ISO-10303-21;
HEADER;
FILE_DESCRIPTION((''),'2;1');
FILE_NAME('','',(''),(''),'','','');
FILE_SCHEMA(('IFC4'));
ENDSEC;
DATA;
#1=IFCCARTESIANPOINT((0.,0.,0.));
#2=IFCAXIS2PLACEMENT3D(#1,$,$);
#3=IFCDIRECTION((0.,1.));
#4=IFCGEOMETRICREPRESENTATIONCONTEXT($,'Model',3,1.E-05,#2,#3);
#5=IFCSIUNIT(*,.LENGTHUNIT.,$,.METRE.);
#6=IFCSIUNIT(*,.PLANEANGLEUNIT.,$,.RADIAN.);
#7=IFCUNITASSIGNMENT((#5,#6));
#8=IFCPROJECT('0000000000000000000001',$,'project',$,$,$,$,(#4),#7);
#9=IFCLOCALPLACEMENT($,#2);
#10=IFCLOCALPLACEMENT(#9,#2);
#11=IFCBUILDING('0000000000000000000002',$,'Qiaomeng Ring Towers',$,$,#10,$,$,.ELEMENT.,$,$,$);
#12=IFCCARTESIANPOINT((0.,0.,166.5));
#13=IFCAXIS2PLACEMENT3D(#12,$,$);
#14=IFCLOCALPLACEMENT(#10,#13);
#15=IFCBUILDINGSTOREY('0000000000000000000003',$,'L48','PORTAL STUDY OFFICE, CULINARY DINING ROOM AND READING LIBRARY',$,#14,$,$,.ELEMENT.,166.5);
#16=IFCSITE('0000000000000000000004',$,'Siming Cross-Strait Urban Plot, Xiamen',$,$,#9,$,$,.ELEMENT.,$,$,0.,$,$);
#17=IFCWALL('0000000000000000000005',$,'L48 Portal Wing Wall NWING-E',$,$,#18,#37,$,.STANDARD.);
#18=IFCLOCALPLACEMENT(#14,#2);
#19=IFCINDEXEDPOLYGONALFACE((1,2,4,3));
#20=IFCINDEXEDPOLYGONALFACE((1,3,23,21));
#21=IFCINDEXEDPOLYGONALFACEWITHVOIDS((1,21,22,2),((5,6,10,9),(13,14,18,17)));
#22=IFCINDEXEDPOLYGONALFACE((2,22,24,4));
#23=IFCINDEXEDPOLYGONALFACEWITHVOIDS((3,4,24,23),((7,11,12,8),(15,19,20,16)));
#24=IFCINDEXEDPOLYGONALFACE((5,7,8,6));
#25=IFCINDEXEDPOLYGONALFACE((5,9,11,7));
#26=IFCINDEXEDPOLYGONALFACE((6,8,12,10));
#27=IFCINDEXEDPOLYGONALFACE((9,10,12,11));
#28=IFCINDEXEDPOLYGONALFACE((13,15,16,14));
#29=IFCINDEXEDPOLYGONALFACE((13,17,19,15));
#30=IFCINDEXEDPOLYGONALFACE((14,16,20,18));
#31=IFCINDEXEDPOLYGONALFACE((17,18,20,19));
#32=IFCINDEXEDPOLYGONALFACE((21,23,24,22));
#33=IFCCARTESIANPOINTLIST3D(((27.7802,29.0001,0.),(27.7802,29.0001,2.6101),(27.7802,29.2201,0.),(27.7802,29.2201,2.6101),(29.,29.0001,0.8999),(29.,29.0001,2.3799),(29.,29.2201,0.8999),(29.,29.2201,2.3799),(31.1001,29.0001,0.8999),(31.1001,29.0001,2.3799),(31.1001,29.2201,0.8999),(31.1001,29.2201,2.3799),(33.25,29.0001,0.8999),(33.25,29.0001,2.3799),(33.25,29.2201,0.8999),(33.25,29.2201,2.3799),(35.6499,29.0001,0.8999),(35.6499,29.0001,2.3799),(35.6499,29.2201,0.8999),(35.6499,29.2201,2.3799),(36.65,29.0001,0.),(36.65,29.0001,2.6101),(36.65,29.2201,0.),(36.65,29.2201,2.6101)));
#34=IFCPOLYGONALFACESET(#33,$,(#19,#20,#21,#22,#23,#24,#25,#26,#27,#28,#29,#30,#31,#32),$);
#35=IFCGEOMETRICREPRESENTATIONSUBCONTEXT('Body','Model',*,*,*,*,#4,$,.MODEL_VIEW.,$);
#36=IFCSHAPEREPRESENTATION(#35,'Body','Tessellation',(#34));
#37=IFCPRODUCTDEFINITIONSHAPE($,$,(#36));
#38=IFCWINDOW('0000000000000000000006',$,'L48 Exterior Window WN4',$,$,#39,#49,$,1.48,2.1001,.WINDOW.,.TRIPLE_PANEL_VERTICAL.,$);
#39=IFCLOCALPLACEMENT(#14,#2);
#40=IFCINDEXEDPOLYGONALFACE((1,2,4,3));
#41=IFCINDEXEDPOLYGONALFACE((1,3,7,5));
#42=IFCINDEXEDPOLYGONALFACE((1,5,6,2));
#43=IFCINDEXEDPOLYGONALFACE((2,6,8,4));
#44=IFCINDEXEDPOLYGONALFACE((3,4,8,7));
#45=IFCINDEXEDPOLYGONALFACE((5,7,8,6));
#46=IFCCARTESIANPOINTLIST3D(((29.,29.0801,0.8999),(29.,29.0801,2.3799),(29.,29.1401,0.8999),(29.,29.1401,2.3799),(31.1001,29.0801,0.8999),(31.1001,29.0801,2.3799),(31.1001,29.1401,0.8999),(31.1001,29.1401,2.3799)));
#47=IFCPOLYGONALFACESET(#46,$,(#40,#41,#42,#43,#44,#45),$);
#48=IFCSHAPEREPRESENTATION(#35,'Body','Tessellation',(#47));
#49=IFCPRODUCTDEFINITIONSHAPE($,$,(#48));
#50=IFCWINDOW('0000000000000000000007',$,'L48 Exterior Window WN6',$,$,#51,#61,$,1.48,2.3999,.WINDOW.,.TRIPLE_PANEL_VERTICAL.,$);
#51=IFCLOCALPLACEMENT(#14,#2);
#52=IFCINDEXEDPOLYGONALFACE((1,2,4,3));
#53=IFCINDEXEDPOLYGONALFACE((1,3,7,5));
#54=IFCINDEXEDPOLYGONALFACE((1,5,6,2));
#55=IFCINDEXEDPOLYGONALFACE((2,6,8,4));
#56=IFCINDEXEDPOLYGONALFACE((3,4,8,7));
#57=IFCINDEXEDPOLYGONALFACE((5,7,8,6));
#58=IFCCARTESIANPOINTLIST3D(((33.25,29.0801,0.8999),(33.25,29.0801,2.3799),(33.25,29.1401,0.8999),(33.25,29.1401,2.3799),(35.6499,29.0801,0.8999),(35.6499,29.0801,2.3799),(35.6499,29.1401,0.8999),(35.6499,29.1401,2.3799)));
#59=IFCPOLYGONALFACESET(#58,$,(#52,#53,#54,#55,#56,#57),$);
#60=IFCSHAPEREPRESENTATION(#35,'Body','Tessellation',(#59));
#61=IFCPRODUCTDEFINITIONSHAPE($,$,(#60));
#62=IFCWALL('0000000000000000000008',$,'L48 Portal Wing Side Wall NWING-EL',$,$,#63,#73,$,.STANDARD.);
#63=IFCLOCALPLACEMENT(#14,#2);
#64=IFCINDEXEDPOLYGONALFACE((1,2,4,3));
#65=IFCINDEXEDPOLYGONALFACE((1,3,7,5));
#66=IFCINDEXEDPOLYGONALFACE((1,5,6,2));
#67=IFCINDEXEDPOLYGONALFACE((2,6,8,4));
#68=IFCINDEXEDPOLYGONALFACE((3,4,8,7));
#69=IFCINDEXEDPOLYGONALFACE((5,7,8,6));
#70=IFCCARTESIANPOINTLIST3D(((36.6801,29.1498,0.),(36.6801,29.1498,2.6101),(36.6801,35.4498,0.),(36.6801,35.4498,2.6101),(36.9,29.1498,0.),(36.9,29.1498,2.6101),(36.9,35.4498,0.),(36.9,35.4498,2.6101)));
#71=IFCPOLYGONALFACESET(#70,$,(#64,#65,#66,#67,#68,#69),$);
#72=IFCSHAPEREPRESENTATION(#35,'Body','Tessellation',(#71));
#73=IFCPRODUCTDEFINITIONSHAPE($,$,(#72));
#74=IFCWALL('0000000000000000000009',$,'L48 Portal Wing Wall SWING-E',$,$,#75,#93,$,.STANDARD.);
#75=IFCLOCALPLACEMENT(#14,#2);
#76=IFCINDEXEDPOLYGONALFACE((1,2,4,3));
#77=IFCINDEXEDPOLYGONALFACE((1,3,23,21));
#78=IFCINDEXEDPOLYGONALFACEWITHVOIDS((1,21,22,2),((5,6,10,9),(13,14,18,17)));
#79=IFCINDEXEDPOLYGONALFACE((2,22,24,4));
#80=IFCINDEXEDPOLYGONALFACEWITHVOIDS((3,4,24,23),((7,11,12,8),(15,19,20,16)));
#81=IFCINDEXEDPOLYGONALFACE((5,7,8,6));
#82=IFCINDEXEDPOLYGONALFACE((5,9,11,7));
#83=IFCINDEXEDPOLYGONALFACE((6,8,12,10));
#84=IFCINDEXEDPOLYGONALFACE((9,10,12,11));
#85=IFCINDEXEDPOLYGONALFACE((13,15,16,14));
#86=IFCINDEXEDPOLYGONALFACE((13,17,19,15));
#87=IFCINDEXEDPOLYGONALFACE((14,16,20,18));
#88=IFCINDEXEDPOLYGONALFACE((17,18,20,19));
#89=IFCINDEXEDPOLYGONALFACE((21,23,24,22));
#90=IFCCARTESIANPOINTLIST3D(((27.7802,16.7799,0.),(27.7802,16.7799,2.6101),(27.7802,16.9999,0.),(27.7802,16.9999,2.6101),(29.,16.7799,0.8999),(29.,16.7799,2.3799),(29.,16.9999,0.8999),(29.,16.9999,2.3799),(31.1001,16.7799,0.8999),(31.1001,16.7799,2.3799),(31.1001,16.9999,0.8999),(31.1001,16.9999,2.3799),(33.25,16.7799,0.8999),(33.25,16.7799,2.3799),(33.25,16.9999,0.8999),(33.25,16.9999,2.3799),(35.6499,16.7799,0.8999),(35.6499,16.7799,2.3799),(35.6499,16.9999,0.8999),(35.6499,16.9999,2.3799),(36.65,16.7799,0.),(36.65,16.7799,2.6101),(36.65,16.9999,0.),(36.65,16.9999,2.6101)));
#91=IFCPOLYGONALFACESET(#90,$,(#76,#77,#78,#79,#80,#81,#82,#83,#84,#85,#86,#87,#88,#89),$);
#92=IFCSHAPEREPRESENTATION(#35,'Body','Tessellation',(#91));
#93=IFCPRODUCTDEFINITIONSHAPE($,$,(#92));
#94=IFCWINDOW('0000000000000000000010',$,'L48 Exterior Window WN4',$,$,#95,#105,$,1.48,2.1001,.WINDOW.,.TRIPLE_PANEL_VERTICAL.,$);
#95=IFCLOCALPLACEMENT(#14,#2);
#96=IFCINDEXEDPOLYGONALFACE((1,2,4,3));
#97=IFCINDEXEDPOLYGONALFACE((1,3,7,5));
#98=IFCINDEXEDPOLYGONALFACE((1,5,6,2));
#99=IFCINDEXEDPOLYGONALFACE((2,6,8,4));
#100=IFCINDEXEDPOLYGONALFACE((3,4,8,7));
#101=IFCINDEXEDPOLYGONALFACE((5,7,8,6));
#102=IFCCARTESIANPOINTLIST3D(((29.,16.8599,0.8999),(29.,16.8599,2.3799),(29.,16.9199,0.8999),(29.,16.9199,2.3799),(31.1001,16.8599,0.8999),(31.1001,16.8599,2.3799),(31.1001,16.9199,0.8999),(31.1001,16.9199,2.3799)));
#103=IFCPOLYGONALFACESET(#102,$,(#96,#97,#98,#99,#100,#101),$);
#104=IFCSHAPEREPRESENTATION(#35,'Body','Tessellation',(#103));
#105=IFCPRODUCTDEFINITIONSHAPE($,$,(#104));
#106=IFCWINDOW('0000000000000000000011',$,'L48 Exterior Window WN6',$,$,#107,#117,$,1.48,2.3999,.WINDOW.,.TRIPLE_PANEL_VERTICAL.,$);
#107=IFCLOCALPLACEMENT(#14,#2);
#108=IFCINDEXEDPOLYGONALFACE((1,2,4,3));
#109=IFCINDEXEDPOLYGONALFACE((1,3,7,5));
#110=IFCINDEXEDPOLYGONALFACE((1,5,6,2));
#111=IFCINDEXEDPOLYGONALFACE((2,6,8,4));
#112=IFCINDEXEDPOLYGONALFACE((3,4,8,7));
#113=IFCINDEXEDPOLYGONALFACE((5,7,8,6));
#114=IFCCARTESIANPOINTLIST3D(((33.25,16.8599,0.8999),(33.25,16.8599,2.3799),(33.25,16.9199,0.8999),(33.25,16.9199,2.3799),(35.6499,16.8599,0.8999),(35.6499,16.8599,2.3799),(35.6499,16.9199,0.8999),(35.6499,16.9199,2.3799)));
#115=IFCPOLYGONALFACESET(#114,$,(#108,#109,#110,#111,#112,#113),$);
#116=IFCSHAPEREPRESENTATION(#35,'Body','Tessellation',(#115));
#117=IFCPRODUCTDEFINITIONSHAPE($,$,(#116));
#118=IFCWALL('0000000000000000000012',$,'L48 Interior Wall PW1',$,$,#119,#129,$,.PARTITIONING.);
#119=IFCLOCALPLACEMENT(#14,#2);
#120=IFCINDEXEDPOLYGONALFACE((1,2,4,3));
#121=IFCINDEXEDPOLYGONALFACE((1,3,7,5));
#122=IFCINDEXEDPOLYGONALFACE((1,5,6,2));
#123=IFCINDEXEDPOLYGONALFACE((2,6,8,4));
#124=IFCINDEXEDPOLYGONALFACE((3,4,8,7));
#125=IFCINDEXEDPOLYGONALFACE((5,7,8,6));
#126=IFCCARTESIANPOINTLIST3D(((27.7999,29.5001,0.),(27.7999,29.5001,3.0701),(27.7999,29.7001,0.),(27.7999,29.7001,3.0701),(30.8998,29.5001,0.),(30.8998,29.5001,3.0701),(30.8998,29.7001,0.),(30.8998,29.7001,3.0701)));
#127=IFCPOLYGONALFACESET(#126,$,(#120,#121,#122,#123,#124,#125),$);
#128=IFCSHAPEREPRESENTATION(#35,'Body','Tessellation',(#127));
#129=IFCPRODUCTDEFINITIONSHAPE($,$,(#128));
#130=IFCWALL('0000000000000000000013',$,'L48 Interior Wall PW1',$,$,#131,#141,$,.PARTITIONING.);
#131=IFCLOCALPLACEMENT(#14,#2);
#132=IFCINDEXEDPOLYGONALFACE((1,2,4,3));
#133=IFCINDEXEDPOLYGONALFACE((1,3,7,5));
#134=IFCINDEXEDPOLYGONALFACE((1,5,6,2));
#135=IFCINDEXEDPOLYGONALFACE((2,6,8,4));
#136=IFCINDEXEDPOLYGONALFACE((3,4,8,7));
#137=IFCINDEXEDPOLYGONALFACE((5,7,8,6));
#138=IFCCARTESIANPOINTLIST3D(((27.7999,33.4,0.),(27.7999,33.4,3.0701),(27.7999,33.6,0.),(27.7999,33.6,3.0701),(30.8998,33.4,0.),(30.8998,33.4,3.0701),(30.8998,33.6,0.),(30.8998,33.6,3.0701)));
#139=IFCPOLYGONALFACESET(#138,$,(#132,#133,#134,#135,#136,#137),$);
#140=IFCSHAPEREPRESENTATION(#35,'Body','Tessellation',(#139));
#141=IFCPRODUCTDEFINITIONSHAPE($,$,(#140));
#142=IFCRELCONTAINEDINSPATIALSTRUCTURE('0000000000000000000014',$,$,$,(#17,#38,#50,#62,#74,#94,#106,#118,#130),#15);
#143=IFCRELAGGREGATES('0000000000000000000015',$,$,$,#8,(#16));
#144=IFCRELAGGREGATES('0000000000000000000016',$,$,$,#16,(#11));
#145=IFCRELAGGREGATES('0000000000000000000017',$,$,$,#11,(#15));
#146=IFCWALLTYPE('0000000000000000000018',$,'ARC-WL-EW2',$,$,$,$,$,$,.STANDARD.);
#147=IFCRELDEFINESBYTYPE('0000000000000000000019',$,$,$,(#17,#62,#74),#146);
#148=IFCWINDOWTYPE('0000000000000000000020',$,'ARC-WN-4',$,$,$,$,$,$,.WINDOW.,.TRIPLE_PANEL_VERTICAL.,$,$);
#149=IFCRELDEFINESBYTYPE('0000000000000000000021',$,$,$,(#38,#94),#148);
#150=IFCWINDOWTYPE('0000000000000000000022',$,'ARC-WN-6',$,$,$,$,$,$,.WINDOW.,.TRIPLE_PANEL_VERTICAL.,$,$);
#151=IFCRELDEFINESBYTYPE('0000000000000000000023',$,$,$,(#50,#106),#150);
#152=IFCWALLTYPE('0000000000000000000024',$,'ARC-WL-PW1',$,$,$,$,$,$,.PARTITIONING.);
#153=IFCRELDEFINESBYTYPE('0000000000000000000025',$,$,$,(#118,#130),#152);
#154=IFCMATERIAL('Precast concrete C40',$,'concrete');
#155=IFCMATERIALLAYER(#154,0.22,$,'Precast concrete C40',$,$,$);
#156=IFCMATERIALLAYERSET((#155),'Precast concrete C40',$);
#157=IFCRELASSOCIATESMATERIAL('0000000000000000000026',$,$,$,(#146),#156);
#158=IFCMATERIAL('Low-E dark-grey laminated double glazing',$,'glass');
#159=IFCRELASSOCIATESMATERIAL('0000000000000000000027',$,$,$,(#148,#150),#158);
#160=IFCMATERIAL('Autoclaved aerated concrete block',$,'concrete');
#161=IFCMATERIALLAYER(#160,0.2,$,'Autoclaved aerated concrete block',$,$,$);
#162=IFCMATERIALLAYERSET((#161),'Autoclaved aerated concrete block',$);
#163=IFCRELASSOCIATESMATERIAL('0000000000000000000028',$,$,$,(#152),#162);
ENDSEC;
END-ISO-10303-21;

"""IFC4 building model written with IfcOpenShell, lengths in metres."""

from ifc_helpers import new_model, si_unit, direction, frame, frame_2d, origin, place, context, subcontext, project, spatial, rectangle, extrude, source, transform, mapped, material, layer, layer_set, type_object, element, fill, save


model = new_model("IFC4")

# Units and contexts
model_context = context("Model", 3, precision=1e-05, world=origin(), true_north=direction((0.0, 1.0)))
body_context = subcontext(model_context, "Body", "Model", "MODEL_VIEW")
ifc_project = project(units=[si_unit("LENGTHUNIT", "METRE"), si_unit("PLANEANGLEUNIT", "RADIAN")], contexts=[model_context])

# Site, building, storey
site_placement = place(None, origin())
site = spatial("IfcSite", under=ifc_project, at=site_placement, Name="Siming Cross-Strait Urban Plot, Xiamen", CompositionType="ELEMENT", RefElevation=0.0)
building_placement = place(site_placement, origin())
building = spatial("IfcBuilding", under=site, at=building_placement, Name="Qiaomeng Ring Towers", CompositionType="ELEMENT")
storey_placement = place(building_placement, frame((0.0, 0.0, 166.5)))
storey = spatial("IfcBuildingStorey", under=building, at=storey_placement, Name="L48", Description="PORTAL STUDY OFFICE, CULINARY DINING ROOM AND READING LIBRARY", CompositionType="ELEMENT", Elevation=166.5)

# Wall, openings, windows
ifc_material_1 = material(Name="Precast concrete C40", Category="concrete")
ifc_layer_1 = layer(ifc_material_1, 0.22, Name="Precast concrete C40")
ifc_layer_set_1 = layer_set([ifc_layer_1], Name="Precast concrete C40")
wall_type_1 = type_object("IfcWallType", Name="ARC-WL-EW2", PredefinedType="STANDARD", material=ifc_layer_set_1)
wall_1_placement = place(storey_placement, frame((27.78, 29.1101, 0.0), z_axis=(0.0, 0.0, 1.0), x_axis=(1.0, 0.0, 0.0)))
wall_1 = element("IfcWall", 1, at=wall_1_placement, inside=storey, type_object=wall_type_1, Name="L48 Portal Wing Wall NWING-E", PredefinedType="STANDARD", context=body_context, shape_type="SweptSolid", body=[
    extrude(rectangle(XDim=8.8699, YDim=0.22, at=frame_2d((4.4351, 0.0))), origin(), (0.0, 0.0, 1.0), 2.6101),
])
opening_1_placement = place(wall_1_placement, frame((1.22, 0.0, 0.8999)))
opening_1 = element("IfcOpeningElement", 2, at=opening_1_placement, cuts=wall_1, PredefinedType="OPENING", context=body_context, shape_type="SweptSolid", body=[
    extrude(rectangle(XDim=2.1001, YDim=1.48, at=frame_2d((1.05, 0.74))), frame((0.0, 0.1199, 0.0), z_axis=(0.0, -1.0, 0.0), x_axis=(1.0, 0.0, 0.0)), (0.0, 0.0, 1.0), 0.24),
])
opening_2_placement = place(wall_1_placement, frame((5.47, 0.0, 0.8999)))
opening_2 = element("IfcOpeningElement", 3, at=opening_2_placement, cuts=wall_1, PredefinedType="OPENING", context=body_context, shape_type="SweptSolid", body=[
    extrude(rectangle(XDim=2.3999, YDim=1.48, at=frame_2d((1.2, 0.74))), frame((0.0, 0.1199, 0.0), z_axis=(0.0, -1.0, 0.0), x_axis=(1.0, 0.0, 0.0)), (0.0, 0.0, 1.0), 0.24),
])
ifc_material_2 = material(Name="Low-E dark-grey laminated double glazing", Category="glass")
window_type_1 = type_object("IfcWindowType", Name="ARC-WN-4", PartitioningType="TRIPLE_PANEL_VERTICAL", PredefinedType="WINDOW", material=ifc_material_2)
shared_shape_1 = source(origin(), body_context, "Body", "SweptSolid", [
    extrude(rectangle(XDim=2.1001, YDim=1.48, at=frame_2d((1.05, 0.74))), frame((0.0, 0.03, 0.0), z_axis=(0.0, -1.0, 0.0), x_axis=(1.0, 0.0, 0.0)), (0.0, 0.0, 1.0), 0.0601),
])
window_1_placement = place(opening_1_placement, origin())
window_1 = element("IfcWindow", 4, at=window_1_placement, inside=storey, type_object=window_type_1, Name="L48 Exterior Window WN4", OverallHeight=1.48, OverallWidth=2.1001, PartitioningType="TRIPLE_PANEL_VERTICAL", PredefinedType="WINDOW", context=body_context, shape_type="MappedRepresentation", body=[
    mapped(shared_shape_1, transform((0.0, 0.0, 0.0), x_axis=(1.0, 0.0, 0.0), y_axis=(0.0, 1.0, 0.0), z_axis=(0.0, 0.0, 1.0), scale=1.0)),
])
fill(opening_1, window_1)
window_type_2 = type_object("IfcWindowType", Name="ARC-WN-6", PartitioningType="TRIPLE_PANEL_VERTICAL", PredefinedType="WINDOW", material=ifc_material_2)
shared_shape_2 = source(origin(), body_context, "Body", "SweptSolid", [
    extrude(rectangle(XDim=2.3999, YDim=1.48, at=frame_2d((1.2, 0.74))), frame((0.0, 0.03, 0.0), z_axis=(0.0, -1.0, 0.0), x_axis=(1.0, 0.0, 0.0)), (0.0, 0.0, 1.0), 0.0601),
])
window_2_placement = place(opening_2_placement, origin())
window_2 = element("IfcWindow", 5, at=window_2_placement, inside=storey, type_object=window_type_2, Name="L48 Exterior Window WN6", OverallHeight=1.48, OverallWidth=2.3999, PartitioningType="TRIPLE_PANEL_VERTICAL", PredefinedType="WINDOW", context=body_context, shape_type="MappedRepresentation", body=[
    mapped(shared_shape_2, transform((0.0, 0.0, 0.0), x_axis=(1.0, 0.0, 0.0), y_axis=(0.0, 1.0, 0.0), z_axis=(0.0, 0.0, 1.0), scale=1.0)),
])
fill(opening_2, window_2)

# Wall
wall_2_placement = place(storey_placement, frame((36.79, 29.1499, 0.0), z_axis=(0.0, 0.0, 1.0), x_axis=(0.0, 1.0, 0.0)))
element("IfcWall", 6, at=wall_2_placement, inside=storey, type_object=wall_type_1, Name="L48 Portal Wing Side Wall NWING-EL", PredefinedType="STANDARD", context=body_context, shape_type="SweptSolid", body=[
    extrude(rectangle(XDim=6.3, YDim=0.22, at=frame_2d((3.1499, 0.0))), origin(), (0.0, 0.0, 1.0), 2.6101),
])

# Wall, openings, windows
wall_3_placement = place(storey_placement, frame((27.78, 16.8899, 0.0), z_axis=(0.0, 0.0, 1.0), x_axis=(1.0, 0.0, 0.0)))
wall_3 = element("IfcWall", 7, at=wall_3_placement, inside=storey, type_object=wall_type_1, Name="L48 Portal Wing Wall SWING-E", PredefinedType="STANDARD", context=body_context, shape_type="SweptSolid", body=[
    extrude(rectangle(XDim=8.8699, YDim=0.22, at=frame_2d((4.4351, 0.0))), origin(), (0.0, 0.0, 1.0), 2.6101),
])
opening_3_placement = place(wall_3_placement, frame((1.22, 0.0, 0.8999)))
opening_3 = element("IfcOpeningElement", 8, at=opening_3_placement, cuts=wall_3, PredefinedType="OPENING", context=body_context, shape_type="SweptSolid", body=[
    extrude(rectangle(XDim=2.1001, YDim=1.48, at=frame_2d((1.05, 0.74))), frame((0.0, 0.1199, 0.0), z_axis=(0.0, -1.0, 0.0), x_axis=(1.0, 0.0, 0.0)), (0.0, 0.0, 1.0), 0.24),
])
opening_4_placement = place(wall_3_placement, frame((5.47, 0.0, 0.8999)))
opening_4 = element("IfcOpeningElement", 9, at=opening_4_placement, cuts=wall_3, PredefinedType="OPENING", context=body_context, shape_type="SweptSolid", body=[
    extrude(rectangle(XDim=2.3999, YDim=1.48, at=frame_2d((1.2, 0.74))), frame((0.0, 0.1199, 0.0), z_axis=(0.0, -1.0, 0.0), x_axis=(1.0, 0.0, 0.0)), (0.0, 0.0, 1.0), 0.24),
])
window_3_placement = place(opening_3_placement, origin())
window_3 = element("IfcWindow", 10, at=window_3_placement, inside=storey, type_object=window_type_1, Name="L48 Exterior Window WN4", OverallHeight=1.48, OverallWidth=2.1001, PartitioningType="TRIPLE_PANEL_VERTICAL", PredefinedType="WINDOW", context=body_context, shape_type="MappedRepresentation", body=[
    mapped(shared_shape_1, transform((0.0, 0.0, 0.0), x_axis=(1.0, 0.0, 0.0), y_axis=(0.0, 1.0, 0.0), z_axis=(0.0, 0.0, 1.0), scale=1.0)),
])
fill(opening_3, window_3)
window_4_placement = place(opening_4_placement, origin())
window_4 = element("IfcWindow", 11, at=window_4_placement, inside=storey, type_object=window_type_2, Name="L48 Exterior Window WN6", OverallHeight=1.48, OverallWidth=2.3999, PartitioningType="TRIPLE_PANEL_VERTICAL", PredefinedType="WINDOW", context=body_context, shape_type="MappedRepresentation", body=[
    mapped(shared_shape_2, transform((0.0, 0.0, 0.0), x_axis=(1.0, 0.0, 0.0), y_axis=(0.0, 1.0, 0.0), z_axis=(0.0, 0.0, 1.0), scale=1.0)),
])
fill(opening_4, window_4)

# Walls
ifc_material_3 = material(Name="Autoclaved aerated concrete block", Category="concrete")
ifc_layer_2 = layer(ifc_material_3, 0.2, Name="Autoclaved aerated concrete block")
ifc_layer_set_2 = layer_set([ifc_layer_2], Name="Autoclaved aerated concrete block")
wall_type_2 = type_object("IfcWallType", Name="ARC-WL-PW1", PredefinedType="PARTITIONING", material=ifc_layer_set_2)
for number, where, z_axis, x_axis, name in (
    (12, (27.8, 29.6001, 0.0), (0.0, 0.0, 1.0), (1.0, 0.0, 0.0), "L48 Interior Wall PW1"),
    (13, (27.8, 33.5, 0.0), (0.0, 0.0, 1.0), (1.0, 0.0, 0.0), "L48 Interior Wall PW1"),
):
    element("IfcWall", number, at=place(storey_placement, frame(where, z_axis=z_axis, x_axis=x_axis)), inside=storey, type_object=wall_type_2, Name=name, PredefinedType="PARTITIONING", context=body_context, shape_type="SweptSolid", body=[
        extrude(rectangle(XDim=3.0999, YDim=0.2, at=frame_2d((1.5498, 0.0))), origin(), (0.0, 0.0, 1.0), 3.0701),
    ])

save(model, "model.ifc")
